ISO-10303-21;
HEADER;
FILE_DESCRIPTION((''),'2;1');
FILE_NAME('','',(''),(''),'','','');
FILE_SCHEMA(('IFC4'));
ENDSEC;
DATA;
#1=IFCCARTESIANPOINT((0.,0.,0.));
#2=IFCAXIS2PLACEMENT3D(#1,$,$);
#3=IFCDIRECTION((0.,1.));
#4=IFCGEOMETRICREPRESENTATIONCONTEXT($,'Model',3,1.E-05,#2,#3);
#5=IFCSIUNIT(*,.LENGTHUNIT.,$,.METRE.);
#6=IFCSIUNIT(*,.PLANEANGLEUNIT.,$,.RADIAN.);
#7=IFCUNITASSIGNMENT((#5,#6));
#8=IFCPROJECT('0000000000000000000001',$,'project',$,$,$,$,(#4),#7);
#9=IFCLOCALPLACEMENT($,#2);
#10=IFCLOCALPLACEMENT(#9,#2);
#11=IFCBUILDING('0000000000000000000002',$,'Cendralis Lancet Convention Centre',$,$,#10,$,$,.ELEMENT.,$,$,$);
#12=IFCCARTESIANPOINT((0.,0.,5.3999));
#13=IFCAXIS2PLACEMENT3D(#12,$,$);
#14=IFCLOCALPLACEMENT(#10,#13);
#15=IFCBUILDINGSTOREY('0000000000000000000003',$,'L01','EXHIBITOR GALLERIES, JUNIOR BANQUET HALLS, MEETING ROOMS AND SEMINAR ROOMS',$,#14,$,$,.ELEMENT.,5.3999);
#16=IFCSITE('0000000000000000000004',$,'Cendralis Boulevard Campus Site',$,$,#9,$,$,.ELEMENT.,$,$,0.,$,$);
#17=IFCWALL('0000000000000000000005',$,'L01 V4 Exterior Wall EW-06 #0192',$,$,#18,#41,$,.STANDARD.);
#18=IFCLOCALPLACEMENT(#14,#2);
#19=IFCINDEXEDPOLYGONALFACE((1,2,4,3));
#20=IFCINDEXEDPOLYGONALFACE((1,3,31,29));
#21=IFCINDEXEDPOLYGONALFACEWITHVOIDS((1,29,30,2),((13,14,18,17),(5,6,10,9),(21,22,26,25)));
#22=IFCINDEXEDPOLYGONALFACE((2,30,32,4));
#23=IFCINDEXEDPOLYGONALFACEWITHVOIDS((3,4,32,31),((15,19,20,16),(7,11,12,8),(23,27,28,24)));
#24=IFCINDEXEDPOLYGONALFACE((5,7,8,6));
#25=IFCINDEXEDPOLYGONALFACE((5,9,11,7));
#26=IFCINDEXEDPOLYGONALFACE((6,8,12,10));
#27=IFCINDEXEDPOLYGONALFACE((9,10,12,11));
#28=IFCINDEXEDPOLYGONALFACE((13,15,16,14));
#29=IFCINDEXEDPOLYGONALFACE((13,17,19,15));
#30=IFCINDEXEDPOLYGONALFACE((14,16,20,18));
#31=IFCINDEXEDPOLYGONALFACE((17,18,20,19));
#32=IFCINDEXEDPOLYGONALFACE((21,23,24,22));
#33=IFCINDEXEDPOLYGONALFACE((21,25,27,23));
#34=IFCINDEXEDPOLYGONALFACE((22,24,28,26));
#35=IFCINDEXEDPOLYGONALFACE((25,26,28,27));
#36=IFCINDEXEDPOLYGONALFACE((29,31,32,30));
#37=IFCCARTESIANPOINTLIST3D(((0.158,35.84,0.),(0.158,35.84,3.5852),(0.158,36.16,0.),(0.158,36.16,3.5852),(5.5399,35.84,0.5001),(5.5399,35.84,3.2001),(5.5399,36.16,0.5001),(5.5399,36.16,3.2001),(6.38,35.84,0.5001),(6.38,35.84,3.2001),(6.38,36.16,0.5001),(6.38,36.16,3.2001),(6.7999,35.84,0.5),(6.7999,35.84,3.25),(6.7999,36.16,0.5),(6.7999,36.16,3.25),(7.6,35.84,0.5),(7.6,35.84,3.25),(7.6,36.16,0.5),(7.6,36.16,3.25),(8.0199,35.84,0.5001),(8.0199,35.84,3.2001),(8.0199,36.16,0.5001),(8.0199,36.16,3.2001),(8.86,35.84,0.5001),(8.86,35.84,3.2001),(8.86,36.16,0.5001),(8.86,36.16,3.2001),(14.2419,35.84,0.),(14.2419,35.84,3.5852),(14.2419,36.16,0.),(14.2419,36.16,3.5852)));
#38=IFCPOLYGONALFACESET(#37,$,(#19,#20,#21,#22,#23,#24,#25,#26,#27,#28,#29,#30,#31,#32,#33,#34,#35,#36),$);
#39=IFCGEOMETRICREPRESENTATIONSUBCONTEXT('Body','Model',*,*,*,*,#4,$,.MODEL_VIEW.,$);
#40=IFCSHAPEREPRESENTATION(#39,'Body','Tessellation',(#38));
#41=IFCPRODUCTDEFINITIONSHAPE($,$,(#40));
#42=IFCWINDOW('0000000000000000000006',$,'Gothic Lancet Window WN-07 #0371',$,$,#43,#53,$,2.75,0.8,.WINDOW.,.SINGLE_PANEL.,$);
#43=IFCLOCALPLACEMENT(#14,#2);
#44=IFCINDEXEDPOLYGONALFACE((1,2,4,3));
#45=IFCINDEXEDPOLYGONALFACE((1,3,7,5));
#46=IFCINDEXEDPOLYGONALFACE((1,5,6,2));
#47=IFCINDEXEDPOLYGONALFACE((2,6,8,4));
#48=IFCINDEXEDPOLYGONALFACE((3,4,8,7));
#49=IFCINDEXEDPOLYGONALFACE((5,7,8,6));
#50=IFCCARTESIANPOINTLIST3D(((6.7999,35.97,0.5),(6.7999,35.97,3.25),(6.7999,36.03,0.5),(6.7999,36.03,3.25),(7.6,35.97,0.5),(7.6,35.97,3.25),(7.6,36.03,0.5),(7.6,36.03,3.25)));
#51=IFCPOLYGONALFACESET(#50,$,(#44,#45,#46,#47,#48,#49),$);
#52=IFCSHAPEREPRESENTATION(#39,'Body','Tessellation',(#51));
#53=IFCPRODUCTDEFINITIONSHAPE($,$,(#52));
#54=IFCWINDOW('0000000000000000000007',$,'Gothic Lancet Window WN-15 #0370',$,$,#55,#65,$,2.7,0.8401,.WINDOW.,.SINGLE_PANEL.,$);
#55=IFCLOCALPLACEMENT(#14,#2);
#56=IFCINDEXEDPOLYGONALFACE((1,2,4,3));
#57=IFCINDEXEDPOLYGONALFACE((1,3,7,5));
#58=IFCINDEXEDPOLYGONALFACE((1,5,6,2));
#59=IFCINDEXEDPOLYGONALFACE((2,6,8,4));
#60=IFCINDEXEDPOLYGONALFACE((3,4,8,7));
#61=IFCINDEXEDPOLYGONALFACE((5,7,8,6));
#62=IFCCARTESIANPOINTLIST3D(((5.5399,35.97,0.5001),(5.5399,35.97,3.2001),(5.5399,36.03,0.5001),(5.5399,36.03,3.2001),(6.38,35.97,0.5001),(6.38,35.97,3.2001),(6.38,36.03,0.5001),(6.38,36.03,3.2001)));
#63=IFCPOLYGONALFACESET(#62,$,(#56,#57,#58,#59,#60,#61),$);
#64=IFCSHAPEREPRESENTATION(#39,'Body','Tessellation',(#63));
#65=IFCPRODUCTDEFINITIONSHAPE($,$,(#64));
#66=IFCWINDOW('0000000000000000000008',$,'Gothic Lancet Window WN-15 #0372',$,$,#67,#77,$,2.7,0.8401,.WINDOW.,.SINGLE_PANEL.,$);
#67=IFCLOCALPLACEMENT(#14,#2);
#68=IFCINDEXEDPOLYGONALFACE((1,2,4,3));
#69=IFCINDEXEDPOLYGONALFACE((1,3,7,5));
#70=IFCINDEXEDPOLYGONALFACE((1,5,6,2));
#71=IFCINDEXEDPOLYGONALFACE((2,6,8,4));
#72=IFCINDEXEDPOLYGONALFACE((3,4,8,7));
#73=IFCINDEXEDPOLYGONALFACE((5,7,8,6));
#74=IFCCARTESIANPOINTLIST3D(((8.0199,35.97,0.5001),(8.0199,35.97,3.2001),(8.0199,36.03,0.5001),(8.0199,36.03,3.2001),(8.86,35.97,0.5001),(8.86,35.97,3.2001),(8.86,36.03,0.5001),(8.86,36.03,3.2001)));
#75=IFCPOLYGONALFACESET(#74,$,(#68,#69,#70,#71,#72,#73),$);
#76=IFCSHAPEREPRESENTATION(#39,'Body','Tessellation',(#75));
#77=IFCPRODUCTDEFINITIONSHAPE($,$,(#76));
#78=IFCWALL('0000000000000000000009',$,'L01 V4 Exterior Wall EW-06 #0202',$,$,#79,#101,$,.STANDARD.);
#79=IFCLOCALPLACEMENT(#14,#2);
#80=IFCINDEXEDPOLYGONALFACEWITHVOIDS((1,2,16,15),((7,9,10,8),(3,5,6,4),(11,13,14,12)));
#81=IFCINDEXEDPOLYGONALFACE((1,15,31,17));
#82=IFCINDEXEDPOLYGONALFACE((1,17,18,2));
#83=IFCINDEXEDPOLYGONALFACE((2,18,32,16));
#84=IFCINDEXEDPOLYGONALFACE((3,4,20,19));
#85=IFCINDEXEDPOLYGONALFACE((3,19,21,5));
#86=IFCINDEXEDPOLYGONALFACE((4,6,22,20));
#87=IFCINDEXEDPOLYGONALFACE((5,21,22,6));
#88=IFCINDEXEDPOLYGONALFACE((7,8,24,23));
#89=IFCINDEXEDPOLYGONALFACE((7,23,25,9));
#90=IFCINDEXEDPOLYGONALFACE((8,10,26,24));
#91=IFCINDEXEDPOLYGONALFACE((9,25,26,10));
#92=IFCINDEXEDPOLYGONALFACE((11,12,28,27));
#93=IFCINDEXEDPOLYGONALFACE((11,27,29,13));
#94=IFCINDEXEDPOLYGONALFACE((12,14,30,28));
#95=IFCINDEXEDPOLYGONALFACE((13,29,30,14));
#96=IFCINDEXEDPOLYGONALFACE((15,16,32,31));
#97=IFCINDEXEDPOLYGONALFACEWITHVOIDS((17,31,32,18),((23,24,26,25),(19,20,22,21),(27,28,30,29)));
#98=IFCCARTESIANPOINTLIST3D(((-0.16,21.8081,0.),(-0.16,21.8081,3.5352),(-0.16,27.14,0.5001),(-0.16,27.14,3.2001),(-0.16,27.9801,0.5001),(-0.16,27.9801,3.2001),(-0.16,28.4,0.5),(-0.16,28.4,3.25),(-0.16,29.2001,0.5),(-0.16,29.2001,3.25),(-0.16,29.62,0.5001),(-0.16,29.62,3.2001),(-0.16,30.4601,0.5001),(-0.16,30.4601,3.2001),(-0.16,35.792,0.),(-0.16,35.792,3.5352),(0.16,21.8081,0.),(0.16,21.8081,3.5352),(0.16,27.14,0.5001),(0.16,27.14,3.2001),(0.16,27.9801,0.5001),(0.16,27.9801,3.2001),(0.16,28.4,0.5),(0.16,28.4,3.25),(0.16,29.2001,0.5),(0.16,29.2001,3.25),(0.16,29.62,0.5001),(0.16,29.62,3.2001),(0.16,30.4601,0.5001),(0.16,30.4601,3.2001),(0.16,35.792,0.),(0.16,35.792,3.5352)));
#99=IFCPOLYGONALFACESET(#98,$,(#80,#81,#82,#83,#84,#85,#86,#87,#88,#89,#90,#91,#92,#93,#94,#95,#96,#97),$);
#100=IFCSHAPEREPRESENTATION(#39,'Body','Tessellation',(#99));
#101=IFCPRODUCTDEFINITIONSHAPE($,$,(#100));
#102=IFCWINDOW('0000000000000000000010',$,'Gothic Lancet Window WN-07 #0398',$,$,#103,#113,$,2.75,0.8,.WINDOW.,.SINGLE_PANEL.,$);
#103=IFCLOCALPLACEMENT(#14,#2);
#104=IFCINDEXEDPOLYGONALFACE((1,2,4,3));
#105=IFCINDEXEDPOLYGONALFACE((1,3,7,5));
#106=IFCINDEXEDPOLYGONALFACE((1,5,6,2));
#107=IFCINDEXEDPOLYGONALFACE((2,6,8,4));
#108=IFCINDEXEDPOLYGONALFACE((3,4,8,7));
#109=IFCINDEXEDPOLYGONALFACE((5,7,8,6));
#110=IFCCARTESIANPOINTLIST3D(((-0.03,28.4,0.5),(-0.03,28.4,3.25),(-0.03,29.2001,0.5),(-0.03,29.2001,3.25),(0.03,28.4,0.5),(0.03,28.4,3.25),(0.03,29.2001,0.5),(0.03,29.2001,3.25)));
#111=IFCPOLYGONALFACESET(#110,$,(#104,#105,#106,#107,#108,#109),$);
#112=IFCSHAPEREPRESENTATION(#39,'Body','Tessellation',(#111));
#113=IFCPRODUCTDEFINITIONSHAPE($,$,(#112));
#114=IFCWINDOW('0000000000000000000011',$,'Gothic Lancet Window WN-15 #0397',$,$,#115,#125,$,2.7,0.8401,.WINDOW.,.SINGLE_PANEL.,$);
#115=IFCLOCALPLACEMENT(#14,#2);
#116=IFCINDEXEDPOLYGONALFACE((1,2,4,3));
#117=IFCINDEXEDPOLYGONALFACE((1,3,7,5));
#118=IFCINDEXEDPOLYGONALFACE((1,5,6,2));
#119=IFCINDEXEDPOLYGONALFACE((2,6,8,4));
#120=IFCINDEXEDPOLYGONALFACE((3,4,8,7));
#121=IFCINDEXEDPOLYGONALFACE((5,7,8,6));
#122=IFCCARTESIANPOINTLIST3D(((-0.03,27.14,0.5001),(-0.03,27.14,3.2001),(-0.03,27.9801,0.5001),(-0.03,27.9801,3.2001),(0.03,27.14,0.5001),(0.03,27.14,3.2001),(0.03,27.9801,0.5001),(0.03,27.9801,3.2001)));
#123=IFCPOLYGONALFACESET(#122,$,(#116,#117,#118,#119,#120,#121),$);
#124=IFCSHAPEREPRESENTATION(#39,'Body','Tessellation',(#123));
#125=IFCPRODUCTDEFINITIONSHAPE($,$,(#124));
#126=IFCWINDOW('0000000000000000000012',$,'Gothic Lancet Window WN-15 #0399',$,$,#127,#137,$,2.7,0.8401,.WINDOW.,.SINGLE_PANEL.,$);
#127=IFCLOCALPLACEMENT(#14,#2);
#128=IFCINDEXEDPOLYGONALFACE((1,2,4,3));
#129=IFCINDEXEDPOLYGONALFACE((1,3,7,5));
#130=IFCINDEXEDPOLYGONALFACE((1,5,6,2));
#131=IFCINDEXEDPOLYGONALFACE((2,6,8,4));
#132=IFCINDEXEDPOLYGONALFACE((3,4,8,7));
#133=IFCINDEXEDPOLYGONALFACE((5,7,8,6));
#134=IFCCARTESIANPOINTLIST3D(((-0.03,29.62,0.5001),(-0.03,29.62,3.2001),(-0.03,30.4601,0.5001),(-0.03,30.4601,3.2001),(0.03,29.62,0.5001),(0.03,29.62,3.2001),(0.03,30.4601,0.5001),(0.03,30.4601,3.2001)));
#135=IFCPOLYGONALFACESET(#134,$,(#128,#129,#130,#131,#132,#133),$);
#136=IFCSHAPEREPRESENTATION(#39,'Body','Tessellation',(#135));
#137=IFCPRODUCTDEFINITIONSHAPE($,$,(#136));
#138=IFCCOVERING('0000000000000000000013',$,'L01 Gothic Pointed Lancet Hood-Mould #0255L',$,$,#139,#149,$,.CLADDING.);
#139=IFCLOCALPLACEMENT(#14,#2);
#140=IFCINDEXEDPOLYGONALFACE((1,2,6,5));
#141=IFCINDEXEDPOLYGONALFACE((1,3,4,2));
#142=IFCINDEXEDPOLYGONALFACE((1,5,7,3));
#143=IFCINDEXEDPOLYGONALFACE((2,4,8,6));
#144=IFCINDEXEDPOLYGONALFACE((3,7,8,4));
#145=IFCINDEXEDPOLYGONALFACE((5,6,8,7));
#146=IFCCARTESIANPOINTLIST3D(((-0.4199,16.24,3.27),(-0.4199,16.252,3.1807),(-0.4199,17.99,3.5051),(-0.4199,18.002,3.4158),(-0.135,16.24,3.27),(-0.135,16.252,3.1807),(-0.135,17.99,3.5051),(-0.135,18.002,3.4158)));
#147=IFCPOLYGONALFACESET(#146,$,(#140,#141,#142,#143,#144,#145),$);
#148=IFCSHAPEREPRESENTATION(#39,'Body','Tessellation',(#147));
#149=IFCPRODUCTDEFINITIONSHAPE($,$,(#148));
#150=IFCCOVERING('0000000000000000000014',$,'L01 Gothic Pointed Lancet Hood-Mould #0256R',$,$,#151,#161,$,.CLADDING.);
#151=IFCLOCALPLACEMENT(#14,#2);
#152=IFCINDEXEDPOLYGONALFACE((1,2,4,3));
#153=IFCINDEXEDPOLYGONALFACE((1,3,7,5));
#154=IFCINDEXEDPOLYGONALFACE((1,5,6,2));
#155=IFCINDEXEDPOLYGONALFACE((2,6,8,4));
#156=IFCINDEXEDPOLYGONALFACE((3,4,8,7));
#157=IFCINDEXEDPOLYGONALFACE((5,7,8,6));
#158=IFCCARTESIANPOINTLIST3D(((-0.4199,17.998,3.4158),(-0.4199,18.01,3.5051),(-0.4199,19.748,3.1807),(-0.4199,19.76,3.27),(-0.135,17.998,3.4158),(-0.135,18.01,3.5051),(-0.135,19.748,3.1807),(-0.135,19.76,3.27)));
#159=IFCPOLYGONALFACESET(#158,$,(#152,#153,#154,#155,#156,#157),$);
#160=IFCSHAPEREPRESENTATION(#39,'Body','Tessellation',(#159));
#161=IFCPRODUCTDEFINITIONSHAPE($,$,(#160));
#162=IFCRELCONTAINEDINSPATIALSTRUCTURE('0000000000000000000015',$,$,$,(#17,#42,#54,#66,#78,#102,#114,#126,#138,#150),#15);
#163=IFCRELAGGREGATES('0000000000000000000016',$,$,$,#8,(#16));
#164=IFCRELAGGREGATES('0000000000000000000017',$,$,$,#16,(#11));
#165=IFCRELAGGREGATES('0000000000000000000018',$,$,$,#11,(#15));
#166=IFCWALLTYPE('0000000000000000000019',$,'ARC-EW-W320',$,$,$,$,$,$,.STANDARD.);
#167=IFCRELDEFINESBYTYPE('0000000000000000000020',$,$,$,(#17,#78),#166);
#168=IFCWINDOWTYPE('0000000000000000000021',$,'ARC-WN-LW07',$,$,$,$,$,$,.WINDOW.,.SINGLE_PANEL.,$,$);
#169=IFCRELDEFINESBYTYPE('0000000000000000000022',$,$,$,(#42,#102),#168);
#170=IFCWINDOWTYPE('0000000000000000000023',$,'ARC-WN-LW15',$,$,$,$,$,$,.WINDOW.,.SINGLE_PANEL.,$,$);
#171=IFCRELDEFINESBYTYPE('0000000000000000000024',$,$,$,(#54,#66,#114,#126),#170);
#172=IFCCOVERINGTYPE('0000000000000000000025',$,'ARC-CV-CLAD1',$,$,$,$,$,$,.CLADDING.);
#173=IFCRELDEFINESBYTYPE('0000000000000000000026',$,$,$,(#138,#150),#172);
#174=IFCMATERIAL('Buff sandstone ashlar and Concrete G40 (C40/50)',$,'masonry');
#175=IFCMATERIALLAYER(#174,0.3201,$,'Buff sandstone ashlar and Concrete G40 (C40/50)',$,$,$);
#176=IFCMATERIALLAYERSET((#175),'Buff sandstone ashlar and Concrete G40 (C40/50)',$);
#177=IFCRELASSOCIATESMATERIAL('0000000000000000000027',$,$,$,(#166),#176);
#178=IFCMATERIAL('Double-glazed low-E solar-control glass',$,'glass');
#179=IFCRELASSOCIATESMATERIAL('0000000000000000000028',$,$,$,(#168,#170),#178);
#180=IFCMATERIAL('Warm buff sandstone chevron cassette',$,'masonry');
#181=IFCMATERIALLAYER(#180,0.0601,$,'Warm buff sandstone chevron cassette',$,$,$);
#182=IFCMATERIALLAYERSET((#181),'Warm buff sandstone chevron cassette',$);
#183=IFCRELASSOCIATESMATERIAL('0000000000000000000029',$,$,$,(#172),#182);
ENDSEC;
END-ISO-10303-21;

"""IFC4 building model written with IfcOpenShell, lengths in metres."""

from ifc_helpers import new_model, si_unit, direction, frame, frame_2d, origin, place, context, subcontext, project, spatial, polyline, rectangle, outline, extrude, material, layer, layer_set, type_object, element, fill, save


model = new_model("IFC4")

# Units and contexts
model_context = context("Model", 3, precision=1e-05, world=origin(), true_north=direction((0.0, 1.0)))
body_context = subcontext(model_context, "Body", "Model", "MODEL_VIEW")
ifc_project = project(units=[si_unit("LENGTHUNIT", "METRE"), si_unit("PLANEANGLEUNIT", "RADIAN")], contexts=[model_context])

# Site, building, storey
site_placement = place(None, origin())
site = spatial("IfcSite", under=ifc_project, at=site_placement, Name="Cendralis Boulevard Campus Site", CompositionType="ELEMENT", RefElevation=0.0)
building_placement = place(site_placement, origin())
building = spatial("IfcBuilding", under=site, at=building_placement, Name="Cendralis Lancet Convention Centre", CompositionType="ELEMENT")
storey_placement = place(building_placement, frame((0.0, 0.0, 5.3999)))
storey = spatial("IfcBuildingStorey", under=building, at=storey_placement, Name="L01", Description="EXHIBITOR GALLERIES, JUNIOR BANQUET HALLS, MEETING ROOMS AND SEMINAR ROOMS", CompositionType="ELEMENT", Elevation=5.3999)

# Walls, openings, windows
ifc_material_1 = material(Name="Buff sandstone ashlar and Concrete G40 (C40/50)", Category="masonry")
ifc_layer_1 = layer(ifc_material_1, 0.3201, Name="Buff sandstone ashlar and Concrete G40 (C40/50)")
ifc_layer_set_1 = layer_set([ifc_layer_1], Name="Buff sandstone ashlar and Concrete G40 (C40/50)")
wall_type = type_object("IfcWallType", Name="ARC-EW-W320", PredefinedType="STANDARD", material=ifc_layer_set_1)
wall_1_placement = place(storey_placement, frame((0.158, 36.0, 0.0), z_axis=(0.0, 0.0, 1.0), x_axis=(1.0, 0.0, 0.0)))
wall_1 = element("IfcWall", 1, at=wall_1_placement, inside=storey, type_object=wall_type, Name="L01 V4 Exterior Wall EW-06 #0192", PredefinedType="STANDARD", context=body_context, shape_type="SweptSolid", body=[
    extrude(rectangle(XDim=14.084, YDim=0.3201, at=frame_2d((7.042, 0.0))), origin(), (0.0, 0.0, 1.0), 3.5852),
])
opening_1_placement = place(wall_1_placement, frame((5.3821, 0.0, 0.5)))
opening_1 = element("IfcOpeningElement", 2, at=opening_1_placement, cuts=wall_1, PredefinedType="OPENING", context=body_context, shape_type="SweptSolid", body=[
    extrude(rectangle(XDim=0.8401, YDim=2.7, at=frame_2d((0.4199, 1.3501))), frame((0.0, 0.1699, 0.0), z_axis=(0.0, -1.0, 0.0), x_axis=(1.0, 0.0, 0.0)), (0.0, 0.0, 1.0), 0.3401),
])
opening_2_placement = place(wall_1_placement, frame((6.6421, 0.0, 0.5)))
opening_2 = element("IfcOpeningElement", 3, at=opening_2_placement, cuts=wall_1, PredefinedType="OPENING", context=body_context, shape_type="SweptSolid", body=[
    extrude(rectangle(XDim=0.8, YDim=2.75, at=frame_2d((0.3999, 1.375))), frame((0.0, 0.1699, 0.0), z_axis=(0.0, -1.0, 0.0), x_axis=(1.0, 0.0, 0.0)), (0.0, 0.0, 1.0), 0.3401),
])
opening_3_placement = place(wall_1_placement, frame((7.8621, 0.0, 0.5)))
opening_3 = element("IfcOpeningElement", 4, at=opening_3_placement, cuts=wall_1, PredefinedType="OPENING", context=body_context, shape_type="SweptSolid", body=[
    extrude(rectangle(XDim=0.8401, YDim=2.7, at=frame_2d((0.4199, 1.3501))), frame((0.0, 0.1699, 0.0), z_axis=(0.0, -1.0, 0.0), x_axis=(1.0, 0.0, 0.0)), (0.0, 0.0, 1.0), 0.3401),
])
ifc_material_2 = material(Name="Double-glazed low-E solar-control glass", Category="glass")
window_type_1 = type_object("IfcWindowType", Name="ARC-WN-LW07", PartitioningType="SINGLE_PANEL", PredefinedType="WINDOW", material=ifc_material_2)
window_1_placement = place(opening_2_placement, origin())
window_1 = element("IfcWindow", 5, at=window_1_placement, inside=storey, type_object=window_type_1, Name="Gothic Lancet Window WN-07 #0371", OverallHeight=2.75, OverallWidth=0.8, PartitioningType="SINGLE_PANEL", PredefinedType="WINDOW", context=body_context, shape_type="SweptSolid", body=[
    extrude(rectangle(XDim=0.8, YDim=2.75, at=frame_2d((0.3999, 1.375))), frame((0.0, 0.03, 0.0), z_axis=(0.0, -1.0, 0.0), x_axis=(1.0, 0.0, 0.0)), (0.0, 0.0, 1.0), 0.0601),
])
fill(opening_2, window_1)
window_type_2 = type_object("IfcWindowType", Name="ARC-WN-LW15", PartitioningType="SINGLE_PANEL", PredefinedType="WINDOW", material=ifc_material_2)
window_2_placement = place(opening_1_placement, origin())
window_2 = element("IfcWindow", 6, at=window_2_placement, inside=storey, type_object=window_type_2, Name="Gothic Lancet Window WN-15 #0370", OverallHeight=2.7, OverallWidth=0.8401, PartitioningType="SINGLE_PANEL", PredefinedType="WINDOW", context=body_context, shape_type="SweptSolid", body=[
    extrude(rectangle(XDim=0.8401, YDim=2.7, at=frame_2d((0.4199, 1.3501))), frame((0.0, 0.03, 0.0), z_axis=(0.0, -1.0, 0.0), x_axis=(1.0, 0.0, 0.0)), (0.0, 0.0, 1.0), 0.0601),
])
fill(opening_1, window_2)
window_3_placement = place(opening_3_placement, origin())
window_3 = element("IfcWindow", 7, at=window_3_placement, inside=storey, type_object=window_type_2, Name="Gothic Lancet Window WN-15 #0372", OverallHeight=2.7, OverallWidth=0.8401, PartitioningType="SINGLE_PANEL", PredefinedType="WINDOW", context=body_context, shape_type="SweptSolid", body=[
    extrude(rectangle(XDim=0.8401, YDim=2.7, at=frame_2d((0.4199, 1.3501))), frame((0.0, 0.03, 0.0), z_axis=(0.0, -1.0, 0.0), x_axis=(1.0, 0.0, 0.0)), (0.0, 0.0, 1.0), 0.0601),
])
fill(opening_3, window_3)
wall_2_placement = place(storey_placement, frame((0.0, 21.8081, 0.0), z_axis=(0.0, 0.0, 1.0), x_axis=(0.0, 1.0, 0.0)))
wall_2 = element("IfcWall", 8, at=wall_2_placement, inside=storey, type_object=wall_type, Name="L01 V4 Exterior Wall EW-06 #0202", PredefinedType="STANDARD", context=body_context, shape_type="SweptSolid", body=[
    extrude(rectangle(XDim=13.9839, YDim=0.3201, at=frame_2d((6.9919, 0.0))), origin(), (0.0, 0.0, 1.0), 3.5352),
])
opening_4_placement = place(wall_2_placement, frame((5.332, 0.0, 0.5)))
opening_4 = element("IfcOpeningElement", 9, at=opening_4_placement, cuts=wall_2, PredefinedType="OPENING", context=body_context, shape_type="SweptSolid", body=[
    extrude(rectangle(XDim=0.8401, YDim=2.7, at=frame_2d((0.4199, 1.3501))), frame((0.0, 0.1699, 0.0), z_axis=(0.0, -1.0, 0.0), x_axis=(1.0, 0.0, 0.0)), (0.0, 0.0, 1.0), 0.3401),
])
opening_5_placement = place(wall_2_placement, frame((6.592, 0.0, 0.5)))
opening_5 = element("IfcOpeningElement", 10, at=opening_5_placement, cuts=wall_2, PredefinedType="OPENING", context=body_context, shape_type="SweptSolid", body=[
    extrude(rectangle(XDim=0.8, YDim=2.75, at=frame_2d((0.3999, 1.375))), frame((0.0, 0.1699, 0.0), z_axis=(0.0, -1.0, 0.0), x_axis=(1.0, 0.0, 0.0)), (0.0, 0.0, 1.0), 0.3401),
])
opening_6_placement = place(wall_2_placement, frame((7.812, 0.0, 0.5)))
opening_6 = element("IfcOpeningElement", 11, at=opening_6_placement, cuts=wall_2, PredefinedType="OPENING", context=body_context, shape_type="SweptSolid", body=[
    extrude(rectangle(XDim=0.8401, YDim=2.7, at=frame_2d((0.4199, 1.3501))), frame((0.0, 0.1699, 0.0), z_axis=(0.0, -1.0, 0.0), x_axis=(1.0, 0.0, 0.0)), (0.0, 0.0, 1.0), 0.3401),
])
window_4_placement = place(opening_5_placement, origin())
window_4 = element("IfcWindow", 12, at=window_4_placement, inside=storey, type_object=window_type_1, Name="Gothic Lancet Window WN-07 #0398", OverallHeight=2.75, OverallWidth=0.8, PartitioningType="SINGLE_PANEL", PredefinedType="WINDOW", context=body_context, shape_type="SweptSolid", body=[
    extrude(rectangle(XDim=0.8, YDim=2.75, at=frame_2d((0.3999, 1.375))), frame((0.0, 0.03, 0.0), z_axis=(0.0, -1.0, 0.0), x_axis=(1.0, 0.0, 0.0)), (0.0, 0.0, 1.0), 0.0601),
])
fill(opening_5, window_4)
window_5_placement = place(opening_4_placement, origin())
window_5 = element("IfcWindow", 13, at=window_5_placement, inside=storey, type_object=window_type_2, Name="Gothic Lancet Window WN-15 #0397", OverallHeight=2.7, OverallWidth=0.8401, PartitioningType="SINGLE_PANEL", PredefinedType="WINDOW", context=body_context, shape_type="SweptSolid", body=[
    extrude(rectangle(XDim=0.8401, YDim=2.7, at=frame_2d((0.4199, 1.3501))), frame((0.0, 0.03, 0.0), z_axis=(0.0, -1.0, 0.0), x_axis=(1.0, 0.0, 0.0)), (0.0, 0.0, 1.0), 0.0601),
])
fill(opening_4, window_5)
window_6_placement = place(opening_6_placement, origin())
window_6 = element("IfcWindow", 14, at=window_6_placement, inside=storey, type_object=window_type_2, Name="Gothic Lancet Window WN-15 #0399", OverallHeight=2.7, OverallWidth=0.8401, PartitioningType="SINGLE_PANEL", PredefinedType="WINDOW", context=body_context, shape_type="SweptSolid", body=[
    extrude(rectangle(XDim=0.8401, YDim=2.7, at=frame_2d((0.4199, 1.3501))), frame((0.0, 0.03, 0.0), z_axis=(0.0, -1.0, 0.0), x_axis=(1.0, 0.0, 0.0)), (0.0, 0.0, 1.0), 0.0601),
])
fill(opening_6, window_6)

# Coverings
ifc_material_3 = material(Name="Warm buff sandstone chevron cassette", Category="masonry")
ifc_layer_2 = layer(ifc_material_3, 0.0601, Name="Warm buff sandstone chevron cassette")
ifc_layer_set_2 = layer_set([ifc_layer_2], Name="Warm buff sandstone chevron cassette")
covering_type = type_object("IfcCoveringType", Name="ARC-CV-CLAD1", PredefinedType="CLADDING", material=ifc_layer_set_2)
for number, where, z_axis, x_axis, name in (
    (15, (-0.4199, 16.24, 3.27), (0.0, -0.133151, 0.991096), (1.0, 0.0, 0.0), "L01 Gothic Pointed Lancet Hood-Mould #0255L"),
    (16, (-0.4199, 18.01, 3.5051), (0.0, 0.133151, 0.991096), (1.0, 0.0, 0.0), "L01 Gothic Pointed Lancet Hood-Mould #0256R"),
):
    element("IfcCovering", number, at=place(storey_placement, frame(where, z_axis=z_axis, x_axis=x_axis)), inside=storey, type_object=covering_type, Name=name, PredefinedType="CLADDING", context=body_context, shape_type="SweptSolid", body=[
        extrude(outline(polyline([(0.0, 0.0), (0.2849, 0.0), (0.2849, 1.7657), (0.0, 1.7657), (0.0, 0.0)])), origin(), (0.0, 0.0, -1.0), 0.0901),
    ])

save(model, "model.ifc")
